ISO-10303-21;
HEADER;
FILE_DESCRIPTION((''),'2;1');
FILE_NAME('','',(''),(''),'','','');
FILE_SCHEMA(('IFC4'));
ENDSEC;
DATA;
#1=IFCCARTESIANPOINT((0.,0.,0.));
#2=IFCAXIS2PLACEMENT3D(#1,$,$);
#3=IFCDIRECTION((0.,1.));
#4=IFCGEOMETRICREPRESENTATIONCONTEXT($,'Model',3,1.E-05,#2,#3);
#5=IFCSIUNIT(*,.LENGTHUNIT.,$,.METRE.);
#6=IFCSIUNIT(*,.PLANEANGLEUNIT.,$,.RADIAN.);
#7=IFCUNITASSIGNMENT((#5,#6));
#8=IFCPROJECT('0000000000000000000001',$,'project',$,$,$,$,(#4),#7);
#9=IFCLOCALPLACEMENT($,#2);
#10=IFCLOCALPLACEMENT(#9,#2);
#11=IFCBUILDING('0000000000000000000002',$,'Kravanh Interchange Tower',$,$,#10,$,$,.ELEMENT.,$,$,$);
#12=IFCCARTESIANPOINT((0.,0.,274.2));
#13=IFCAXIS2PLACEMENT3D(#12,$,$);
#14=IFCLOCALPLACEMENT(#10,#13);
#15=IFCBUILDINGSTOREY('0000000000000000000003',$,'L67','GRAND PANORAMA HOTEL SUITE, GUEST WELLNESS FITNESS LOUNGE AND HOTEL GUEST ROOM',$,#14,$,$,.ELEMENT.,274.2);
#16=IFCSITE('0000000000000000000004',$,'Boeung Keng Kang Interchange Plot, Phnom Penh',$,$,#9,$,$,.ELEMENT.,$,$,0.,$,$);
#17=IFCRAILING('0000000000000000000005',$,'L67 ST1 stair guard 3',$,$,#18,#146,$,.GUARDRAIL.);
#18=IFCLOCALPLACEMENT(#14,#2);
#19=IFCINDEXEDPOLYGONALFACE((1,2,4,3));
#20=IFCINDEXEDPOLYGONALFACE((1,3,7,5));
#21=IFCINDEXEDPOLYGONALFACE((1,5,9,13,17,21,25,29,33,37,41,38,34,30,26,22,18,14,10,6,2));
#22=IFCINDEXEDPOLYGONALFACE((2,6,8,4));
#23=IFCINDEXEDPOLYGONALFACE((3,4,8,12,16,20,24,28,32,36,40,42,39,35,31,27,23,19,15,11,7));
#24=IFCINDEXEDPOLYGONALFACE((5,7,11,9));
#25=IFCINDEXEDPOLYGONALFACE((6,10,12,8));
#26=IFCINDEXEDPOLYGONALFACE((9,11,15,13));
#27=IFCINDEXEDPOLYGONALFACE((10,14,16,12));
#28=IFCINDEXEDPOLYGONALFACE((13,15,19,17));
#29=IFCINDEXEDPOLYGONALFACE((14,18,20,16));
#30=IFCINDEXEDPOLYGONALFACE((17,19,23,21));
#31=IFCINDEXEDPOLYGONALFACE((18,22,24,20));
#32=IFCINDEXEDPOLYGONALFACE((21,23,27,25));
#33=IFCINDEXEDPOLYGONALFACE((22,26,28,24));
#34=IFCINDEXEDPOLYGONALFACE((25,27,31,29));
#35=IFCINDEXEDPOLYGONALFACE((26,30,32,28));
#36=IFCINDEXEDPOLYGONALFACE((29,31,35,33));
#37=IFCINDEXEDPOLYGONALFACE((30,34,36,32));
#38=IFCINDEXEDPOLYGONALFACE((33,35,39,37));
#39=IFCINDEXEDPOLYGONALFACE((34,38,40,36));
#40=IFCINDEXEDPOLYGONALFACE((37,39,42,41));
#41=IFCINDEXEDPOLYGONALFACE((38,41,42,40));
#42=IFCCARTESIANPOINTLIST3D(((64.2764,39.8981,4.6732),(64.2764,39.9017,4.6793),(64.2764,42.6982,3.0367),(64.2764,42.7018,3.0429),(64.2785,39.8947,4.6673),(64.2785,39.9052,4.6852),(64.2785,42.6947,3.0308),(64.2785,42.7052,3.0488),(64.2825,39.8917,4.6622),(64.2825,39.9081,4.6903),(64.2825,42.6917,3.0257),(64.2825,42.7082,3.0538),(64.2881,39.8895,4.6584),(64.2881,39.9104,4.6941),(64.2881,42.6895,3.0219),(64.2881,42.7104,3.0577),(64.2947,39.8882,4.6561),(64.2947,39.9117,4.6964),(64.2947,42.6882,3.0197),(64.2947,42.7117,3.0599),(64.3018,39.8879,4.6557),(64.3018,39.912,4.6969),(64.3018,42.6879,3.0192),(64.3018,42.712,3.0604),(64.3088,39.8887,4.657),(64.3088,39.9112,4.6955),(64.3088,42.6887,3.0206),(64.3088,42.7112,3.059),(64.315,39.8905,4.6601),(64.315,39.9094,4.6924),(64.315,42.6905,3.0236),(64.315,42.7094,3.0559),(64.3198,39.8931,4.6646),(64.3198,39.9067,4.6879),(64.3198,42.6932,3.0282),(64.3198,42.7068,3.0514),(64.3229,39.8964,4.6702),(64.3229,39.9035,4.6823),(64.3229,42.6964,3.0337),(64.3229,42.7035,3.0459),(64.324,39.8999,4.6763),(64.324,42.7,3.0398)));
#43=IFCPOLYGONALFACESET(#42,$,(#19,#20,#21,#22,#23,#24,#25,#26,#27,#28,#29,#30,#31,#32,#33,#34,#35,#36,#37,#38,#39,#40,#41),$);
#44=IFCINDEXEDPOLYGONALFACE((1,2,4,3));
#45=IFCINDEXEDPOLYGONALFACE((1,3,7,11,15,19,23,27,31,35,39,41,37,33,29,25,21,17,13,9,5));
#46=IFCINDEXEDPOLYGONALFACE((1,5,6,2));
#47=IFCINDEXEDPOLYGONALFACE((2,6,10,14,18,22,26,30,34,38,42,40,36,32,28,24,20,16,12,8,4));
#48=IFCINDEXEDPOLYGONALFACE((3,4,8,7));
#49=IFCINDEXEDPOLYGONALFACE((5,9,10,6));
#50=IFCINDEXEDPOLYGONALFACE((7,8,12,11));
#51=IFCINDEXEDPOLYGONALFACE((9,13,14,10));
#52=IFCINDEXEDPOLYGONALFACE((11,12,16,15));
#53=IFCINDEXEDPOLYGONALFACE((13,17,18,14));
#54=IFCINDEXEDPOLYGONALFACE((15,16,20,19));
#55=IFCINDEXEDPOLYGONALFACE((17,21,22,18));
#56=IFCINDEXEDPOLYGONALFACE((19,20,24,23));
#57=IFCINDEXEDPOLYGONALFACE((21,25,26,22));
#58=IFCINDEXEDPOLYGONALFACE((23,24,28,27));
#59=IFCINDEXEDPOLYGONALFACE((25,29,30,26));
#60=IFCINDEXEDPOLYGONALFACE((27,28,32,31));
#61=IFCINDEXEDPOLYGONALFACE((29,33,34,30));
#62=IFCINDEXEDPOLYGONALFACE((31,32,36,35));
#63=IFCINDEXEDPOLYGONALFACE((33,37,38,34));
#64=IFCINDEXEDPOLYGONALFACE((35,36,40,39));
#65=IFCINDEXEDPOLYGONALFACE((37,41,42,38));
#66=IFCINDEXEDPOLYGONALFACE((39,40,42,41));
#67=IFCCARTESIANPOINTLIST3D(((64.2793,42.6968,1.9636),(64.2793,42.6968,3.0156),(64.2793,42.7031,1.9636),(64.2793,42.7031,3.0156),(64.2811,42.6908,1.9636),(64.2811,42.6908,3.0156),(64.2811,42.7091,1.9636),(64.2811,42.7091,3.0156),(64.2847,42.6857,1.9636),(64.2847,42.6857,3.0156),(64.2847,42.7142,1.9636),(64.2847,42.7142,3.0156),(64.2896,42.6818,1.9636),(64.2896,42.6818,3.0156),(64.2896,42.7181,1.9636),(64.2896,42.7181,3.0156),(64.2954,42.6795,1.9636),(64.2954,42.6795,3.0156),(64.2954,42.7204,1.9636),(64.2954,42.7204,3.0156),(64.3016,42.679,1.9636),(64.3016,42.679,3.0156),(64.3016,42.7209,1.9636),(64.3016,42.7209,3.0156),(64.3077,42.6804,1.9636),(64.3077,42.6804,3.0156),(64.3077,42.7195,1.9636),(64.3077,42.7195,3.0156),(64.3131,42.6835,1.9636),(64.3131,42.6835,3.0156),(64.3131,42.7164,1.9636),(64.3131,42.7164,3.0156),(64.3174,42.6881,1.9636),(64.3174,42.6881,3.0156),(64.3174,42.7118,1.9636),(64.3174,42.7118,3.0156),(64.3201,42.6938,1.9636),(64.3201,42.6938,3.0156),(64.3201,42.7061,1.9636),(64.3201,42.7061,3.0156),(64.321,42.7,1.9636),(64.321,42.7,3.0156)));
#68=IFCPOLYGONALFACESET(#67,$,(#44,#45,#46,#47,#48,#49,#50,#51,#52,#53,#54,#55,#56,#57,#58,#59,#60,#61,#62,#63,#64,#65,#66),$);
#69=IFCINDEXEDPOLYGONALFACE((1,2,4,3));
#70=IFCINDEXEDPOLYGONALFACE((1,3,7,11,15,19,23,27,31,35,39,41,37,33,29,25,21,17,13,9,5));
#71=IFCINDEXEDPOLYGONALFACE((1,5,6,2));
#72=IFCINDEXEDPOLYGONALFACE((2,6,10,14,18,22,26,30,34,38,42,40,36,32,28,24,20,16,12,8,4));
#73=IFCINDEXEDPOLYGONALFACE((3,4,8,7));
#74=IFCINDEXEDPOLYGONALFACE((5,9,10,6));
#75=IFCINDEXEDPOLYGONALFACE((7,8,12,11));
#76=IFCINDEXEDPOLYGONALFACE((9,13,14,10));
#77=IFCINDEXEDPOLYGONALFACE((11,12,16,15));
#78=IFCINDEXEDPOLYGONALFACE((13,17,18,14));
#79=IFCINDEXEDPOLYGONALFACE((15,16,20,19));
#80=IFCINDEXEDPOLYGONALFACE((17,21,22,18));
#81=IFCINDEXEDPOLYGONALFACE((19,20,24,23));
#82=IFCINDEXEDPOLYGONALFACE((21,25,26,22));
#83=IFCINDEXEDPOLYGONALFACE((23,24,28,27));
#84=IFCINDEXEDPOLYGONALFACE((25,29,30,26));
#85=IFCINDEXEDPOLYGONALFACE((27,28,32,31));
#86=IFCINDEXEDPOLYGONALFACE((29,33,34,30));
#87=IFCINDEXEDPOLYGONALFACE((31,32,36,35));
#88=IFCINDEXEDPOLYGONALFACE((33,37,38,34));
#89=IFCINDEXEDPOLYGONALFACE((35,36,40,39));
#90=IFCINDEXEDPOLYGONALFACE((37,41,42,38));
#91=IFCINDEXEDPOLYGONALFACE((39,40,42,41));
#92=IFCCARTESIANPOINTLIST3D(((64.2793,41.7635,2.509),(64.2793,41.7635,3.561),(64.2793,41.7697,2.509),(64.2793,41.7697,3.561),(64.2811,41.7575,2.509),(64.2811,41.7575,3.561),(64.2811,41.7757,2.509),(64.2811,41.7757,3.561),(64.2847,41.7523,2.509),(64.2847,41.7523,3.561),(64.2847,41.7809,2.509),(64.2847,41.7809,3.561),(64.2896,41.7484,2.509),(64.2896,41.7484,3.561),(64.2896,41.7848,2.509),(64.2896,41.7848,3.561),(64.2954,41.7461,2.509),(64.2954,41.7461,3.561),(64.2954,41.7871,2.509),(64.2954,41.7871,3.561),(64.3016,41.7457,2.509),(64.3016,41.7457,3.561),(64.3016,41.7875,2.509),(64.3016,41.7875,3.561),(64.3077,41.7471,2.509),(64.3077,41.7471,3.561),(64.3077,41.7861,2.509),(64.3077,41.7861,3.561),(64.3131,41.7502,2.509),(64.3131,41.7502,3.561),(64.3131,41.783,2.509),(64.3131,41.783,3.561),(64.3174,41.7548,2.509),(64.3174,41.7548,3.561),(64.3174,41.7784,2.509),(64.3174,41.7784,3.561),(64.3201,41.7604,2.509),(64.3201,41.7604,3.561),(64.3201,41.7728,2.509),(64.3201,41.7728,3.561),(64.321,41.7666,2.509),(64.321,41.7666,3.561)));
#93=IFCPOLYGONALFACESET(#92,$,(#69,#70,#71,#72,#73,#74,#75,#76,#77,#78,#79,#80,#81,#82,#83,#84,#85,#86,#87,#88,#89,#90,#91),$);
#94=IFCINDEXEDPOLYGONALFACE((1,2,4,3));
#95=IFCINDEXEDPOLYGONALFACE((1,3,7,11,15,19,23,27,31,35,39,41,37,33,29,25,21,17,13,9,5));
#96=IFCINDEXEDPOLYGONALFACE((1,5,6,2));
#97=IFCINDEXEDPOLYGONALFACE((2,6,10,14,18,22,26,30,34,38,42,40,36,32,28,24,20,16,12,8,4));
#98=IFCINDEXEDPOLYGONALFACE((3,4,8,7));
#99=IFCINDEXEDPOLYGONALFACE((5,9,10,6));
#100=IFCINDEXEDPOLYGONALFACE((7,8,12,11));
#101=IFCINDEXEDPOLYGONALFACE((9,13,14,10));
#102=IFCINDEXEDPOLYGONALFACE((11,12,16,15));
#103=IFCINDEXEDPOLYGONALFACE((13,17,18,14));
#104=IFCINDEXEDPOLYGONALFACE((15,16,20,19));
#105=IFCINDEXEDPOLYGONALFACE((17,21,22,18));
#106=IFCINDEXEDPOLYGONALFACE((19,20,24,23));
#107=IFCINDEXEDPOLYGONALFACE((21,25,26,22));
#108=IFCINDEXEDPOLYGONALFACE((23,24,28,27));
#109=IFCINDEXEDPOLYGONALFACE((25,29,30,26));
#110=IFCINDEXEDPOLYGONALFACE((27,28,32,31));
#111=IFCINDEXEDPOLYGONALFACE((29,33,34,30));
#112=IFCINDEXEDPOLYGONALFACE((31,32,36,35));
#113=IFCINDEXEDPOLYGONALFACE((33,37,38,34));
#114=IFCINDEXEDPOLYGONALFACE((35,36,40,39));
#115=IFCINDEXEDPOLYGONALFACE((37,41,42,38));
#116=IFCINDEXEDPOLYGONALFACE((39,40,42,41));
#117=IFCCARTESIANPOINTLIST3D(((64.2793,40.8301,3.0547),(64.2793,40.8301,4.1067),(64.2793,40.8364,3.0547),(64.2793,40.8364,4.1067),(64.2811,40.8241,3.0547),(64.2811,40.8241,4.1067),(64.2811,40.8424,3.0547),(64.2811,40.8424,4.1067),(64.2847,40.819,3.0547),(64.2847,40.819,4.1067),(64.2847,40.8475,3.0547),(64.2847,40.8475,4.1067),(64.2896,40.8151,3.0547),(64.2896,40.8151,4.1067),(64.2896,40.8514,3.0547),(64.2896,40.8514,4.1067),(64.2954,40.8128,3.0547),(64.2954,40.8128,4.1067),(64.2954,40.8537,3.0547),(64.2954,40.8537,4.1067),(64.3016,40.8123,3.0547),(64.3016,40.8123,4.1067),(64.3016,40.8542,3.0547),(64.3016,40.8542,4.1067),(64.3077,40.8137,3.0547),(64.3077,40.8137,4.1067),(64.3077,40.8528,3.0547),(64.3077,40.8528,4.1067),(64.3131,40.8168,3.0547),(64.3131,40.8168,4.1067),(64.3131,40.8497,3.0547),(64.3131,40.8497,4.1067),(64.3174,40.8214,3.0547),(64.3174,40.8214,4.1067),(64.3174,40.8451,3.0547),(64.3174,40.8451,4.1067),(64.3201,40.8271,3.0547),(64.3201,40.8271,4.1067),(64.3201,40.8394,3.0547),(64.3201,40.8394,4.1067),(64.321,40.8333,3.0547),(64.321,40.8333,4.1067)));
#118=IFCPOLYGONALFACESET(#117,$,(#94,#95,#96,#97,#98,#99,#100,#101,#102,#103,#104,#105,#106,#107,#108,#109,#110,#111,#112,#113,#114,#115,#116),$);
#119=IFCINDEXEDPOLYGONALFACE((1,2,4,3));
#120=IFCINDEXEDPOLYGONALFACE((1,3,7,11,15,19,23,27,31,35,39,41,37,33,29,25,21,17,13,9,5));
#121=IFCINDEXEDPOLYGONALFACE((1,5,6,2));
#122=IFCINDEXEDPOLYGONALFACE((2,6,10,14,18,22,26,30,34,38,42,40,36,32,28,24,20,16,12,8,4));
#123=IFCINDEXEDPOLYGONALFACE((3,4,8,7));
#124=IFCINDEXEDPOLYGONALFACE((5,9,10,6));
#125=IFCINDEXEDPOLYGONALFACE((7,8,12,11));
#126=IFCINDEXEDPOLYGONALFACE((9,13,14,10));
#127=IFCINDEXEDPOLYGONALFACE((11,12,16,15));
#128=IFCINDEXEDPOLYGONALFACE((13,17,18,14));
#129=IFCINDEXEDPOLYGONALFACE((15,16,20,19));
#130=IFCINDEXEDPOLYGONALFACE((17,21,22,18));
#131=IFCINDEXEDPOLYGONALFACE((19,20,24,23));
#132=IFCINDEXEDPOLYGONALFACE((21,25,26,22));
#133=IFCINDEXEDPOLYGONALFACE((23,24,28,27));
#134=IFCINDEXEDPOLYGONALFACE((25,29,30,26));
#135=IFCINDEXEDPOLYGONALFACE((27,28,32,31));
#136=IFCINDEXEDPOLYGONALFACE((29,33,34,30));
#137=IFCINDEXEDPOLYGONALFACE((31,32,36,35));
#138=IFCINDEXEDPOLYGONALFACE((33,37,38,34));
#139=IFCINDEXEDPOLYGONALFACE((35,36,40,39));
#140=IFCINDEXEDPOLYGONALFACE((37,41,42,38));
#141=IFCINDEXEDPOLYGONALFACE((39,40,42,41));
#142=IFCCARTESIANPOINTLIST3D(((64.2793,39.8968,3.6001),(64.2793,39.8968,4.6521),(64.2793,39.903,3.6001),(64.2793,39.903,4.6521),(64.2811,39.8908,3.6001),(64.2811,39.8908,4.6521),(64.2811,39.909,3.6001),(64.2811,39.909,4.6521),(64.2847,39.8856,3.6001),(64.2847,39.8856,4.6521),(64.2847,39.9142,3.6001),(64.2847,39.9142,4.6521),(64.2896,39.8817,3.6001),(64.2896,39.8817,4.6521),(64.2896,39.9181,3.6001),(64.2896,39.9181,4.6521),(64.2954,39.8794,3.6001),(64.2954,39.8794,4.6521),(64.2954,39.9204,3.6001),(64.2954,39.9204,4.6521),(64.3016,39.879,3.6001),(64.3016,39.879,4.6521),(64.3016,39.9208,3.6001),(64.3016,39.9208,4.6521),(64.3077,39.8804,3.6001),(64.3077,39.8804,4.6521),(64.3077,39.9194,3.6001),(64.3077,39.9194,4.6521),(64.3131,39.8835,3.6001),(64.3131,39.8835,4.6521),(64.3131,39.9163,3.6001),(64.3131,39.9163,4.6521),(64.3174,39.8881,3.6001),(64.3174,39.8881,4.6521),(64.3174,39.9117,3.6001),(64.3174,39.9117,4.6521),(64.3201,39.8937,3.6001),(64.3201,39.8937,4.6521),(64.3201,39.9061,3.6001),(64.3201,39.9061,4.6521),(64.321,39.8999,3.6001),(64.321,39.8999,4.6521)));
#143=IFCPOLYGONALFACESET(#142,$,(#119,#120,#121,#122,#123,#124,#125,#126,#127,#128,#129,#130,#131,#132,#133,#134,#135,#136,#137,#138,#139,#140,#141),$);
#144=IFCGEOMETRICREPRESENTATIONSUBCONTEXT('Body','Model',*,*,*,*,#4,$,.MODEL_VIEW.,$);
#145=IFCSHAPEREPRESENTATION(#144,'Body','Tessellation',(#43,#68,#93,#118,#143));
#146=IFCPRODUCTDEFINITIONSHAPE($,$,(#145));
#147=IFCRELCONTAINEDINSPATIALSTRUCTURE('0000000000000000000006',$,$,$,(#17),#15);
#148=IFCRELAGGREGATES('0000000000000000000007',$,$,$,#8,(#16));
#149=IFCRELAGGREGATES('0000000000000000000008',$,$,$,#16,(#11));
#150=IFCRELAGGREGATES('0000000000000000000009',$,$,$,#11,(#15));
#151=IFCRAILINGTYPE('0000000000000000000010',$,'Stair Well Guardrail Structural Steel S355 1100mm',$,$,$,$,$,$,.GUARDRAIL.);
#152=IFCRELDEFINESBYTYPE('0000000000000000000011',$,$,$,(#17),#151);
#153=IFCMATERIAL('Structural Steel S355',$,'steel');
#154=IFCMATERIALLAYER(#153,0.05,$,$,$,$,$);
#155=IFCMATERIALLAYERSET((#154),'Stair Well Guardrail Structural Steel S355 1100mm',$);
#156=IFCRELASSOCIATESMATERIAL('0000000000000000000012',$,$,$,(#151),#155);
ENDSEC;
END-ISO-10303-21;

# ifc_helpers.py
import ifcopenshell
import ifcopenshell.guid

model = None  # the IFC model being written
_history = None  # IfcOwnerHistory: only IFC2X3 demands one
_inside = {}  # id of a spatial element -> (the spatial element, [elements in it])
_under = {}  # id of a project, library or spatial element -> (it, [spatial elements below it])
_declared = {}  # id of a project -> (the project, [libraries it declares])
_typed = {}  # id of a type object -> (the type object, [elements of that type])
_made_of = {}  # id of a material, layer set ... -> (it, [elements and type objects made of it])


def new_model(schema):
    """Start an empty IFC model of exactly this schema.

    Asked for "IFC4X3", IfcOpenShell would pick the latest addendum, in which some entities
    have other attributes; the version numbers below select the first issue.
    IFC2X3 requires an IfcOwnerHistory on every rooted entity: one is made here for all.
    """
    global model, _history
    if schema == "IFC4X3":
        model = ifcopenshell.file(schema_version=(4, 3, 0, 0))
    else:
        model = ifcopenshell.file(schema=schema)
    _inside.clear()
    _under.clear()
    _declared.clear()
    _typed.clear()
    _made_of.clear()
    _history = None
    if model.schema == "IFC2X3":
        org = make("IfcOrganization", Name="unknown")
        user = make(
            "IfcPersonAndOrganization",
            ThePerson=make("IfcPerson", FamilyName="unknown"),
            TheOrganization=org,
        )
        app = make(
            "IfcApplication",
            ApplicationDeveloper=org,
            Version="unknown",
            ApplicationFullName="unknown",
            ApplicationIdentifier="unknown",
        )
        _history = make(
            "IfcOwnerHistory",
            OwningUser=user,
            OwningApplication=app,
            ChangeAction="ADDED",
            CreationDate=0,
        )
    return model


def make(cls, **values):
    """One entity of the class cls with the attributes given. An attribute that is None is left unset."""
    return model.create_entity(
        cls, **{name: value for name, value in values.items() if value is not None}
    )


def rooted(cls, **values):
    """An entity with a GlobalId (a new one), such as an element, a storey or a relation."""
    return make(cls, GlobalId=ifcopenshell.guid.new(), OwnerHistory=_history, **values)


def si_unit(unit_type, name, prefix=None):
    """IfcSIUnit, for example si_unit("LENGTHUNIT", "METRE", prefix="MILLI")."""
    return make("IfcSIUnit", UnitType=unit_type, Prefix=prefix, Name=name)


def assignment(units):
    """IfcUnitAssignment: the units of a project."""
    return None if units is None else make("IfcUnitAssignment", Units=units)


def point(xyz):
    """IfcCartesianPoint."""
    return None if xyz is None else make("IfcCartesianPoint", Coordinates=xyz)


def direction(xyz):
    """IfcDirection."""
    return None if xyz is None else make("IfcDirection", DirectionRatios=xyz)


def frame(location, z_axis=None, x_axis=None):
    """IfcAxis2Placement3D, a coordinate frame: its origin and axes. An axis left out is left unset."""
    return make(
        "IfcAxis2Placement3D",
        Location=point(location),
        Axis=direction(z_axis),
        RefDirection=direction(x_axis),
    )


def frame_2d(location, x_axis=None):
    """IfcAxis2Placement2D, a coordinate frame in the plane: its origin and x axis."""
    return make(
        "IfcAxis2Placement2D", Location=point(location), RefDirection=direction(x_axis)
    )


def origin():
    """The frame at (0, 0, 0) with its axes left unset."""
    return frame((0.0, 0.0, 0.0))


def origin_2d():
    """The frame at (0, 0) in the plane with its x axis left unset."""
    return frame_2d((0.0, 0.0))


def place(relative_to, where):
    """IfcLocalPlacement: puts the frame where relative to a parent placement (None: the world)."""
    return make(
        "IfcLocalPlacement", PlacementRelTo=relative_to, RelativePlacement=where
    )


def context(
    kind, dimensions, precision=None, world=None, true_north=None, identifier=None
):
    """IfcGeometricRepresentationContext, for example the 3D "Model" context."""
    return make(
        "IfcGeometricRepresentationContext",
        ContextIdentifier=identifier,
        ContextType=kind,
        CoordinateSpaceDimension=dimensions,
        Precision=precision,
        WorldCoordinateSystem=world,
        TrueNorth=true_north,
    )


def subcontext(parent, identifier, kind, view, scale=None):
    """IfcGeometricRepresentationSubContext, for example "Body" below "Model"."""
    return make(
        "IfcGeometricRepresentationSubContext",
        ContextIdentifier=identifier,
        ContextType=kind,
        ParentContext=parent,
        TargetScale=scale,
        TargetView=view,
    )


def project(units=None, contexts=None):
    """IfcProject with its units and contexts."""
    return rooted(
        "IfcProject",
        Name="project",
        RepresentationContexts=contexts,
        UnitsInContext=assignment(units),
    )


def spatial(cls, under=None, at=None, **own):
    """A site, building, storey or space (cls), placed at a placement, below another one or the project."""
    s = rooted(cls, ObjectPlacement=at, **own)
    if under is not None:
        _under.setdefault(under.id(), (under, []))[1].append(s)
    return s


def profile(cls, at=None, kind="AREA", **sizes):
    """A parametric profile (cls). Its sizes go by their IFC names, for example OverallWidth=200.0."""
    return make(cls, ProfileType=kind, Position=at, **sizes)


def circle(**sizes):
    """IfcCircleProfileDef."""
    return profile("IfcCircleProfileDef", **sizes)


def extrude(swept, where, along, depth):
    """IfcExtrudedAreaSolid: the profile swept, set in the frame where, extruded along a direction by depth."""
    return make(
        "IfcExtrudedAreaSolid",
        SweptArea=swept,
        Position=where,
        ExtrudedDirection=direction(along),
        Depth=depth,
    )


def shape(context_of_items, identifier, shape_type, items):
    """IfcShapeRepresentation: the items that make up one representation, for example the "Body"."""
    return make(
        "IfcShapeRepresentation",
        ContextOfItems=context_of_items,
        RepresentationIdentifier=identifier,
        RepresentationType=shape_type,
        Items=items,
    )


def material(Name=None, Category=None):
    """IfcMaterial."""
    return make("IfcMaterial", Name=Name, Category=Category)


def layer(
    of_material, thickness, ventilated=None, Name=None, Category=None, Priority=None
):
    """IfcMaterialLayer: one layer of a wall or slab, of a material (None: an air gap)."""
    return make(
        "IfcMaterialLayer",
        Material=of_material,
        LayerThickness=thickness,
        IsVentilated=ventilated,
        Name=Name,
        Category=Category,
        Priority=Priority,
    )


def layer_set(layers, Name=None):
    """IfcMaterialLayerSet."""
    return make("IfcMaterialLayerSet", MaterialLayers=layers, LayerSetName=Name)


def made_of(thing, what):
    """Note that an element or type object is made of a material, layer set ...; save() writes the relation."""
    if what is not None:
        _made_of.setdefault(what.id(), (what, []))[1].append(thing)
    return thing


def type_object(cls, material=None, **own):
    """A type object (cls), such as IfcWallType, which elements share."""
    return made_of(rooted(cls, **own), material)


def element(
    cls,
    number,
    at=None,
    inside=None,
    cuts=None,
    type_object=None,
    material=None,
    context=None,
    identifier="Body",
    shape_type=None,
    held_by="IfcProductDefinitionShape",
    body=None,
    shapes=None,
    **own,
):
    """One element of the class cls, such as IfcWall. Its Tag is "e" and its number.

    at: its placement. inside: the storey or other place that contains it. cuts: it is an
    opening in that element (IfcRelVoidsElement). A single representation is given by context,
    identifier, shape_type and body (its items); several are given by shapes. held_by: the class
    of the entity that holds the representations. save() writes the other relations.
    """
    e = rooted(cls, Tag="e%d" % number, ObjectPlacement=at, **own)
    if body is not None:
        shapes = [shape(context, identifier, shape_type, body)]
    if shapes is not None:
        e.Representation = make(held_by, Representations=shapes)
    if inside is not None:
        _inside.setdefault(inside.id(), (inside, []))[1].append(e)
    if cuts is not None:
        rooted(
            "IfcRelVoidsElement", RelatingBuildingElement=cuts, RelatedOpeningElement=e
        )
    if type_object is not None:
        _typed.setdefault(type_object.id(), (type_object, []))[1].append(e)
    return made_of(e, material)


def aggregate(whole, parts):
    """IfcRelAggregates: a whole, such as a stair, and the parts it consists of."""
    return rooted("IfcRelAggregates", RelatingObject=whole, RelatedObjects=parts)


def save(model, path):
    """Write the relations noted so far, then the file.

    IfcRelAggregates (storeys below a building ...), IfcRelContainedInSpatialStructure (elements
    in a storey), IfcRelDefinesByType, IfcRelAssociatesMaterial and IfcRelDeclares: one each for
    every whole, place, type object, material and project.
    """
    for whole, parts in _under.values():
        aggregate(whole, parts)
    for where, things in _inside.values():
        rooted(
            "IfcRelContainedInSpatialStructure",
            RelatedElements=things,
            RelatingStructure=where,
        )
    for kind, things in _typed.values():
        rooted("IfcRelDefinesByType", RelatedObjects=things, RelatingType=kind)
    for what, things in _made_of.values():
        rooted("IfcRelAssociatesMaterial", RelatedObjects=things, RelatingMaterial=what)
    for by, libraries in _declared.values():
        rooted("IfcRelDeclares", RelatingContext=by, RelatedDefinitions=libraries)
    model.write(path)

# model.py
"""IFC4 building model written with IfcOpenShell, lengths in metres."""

from ifc_helpers import new_model, si_unit, direction, frame, origin, origin_2d, place, context, subcontext, project, spatial, circle, extrude, material, layer, layer_set, type_object, element, save


model = new_model("IFC4")

# Units and contexts
model_context = context("Model", 3, precision=1e-05, world=origin(), true_north=direction((0.0, 1.0)))
body_context = subcontext(model_context, "Body", "Model", "MODEL_VIEW")
ifc_project = project(units=[si_unit("LENGTHUNIT", "METRE"), si_unit("PLANEANGLEUNIT", "RADIAN")], contexts=[model_context])

# Site, building, storey
site_placement = place(None, origin())
site = spatial("IfcSite", under=ifc_project, at=site_placement, Name="Boeung Keng Kang Interchange Plot, Phnom Penh", CompositionType="ELEMENT", RefElevation=0.0)
building_placement = place(site_placement, origin())
building = spatial("IfcBuilding", under=site, at=building_placement, Name="Kravanh Interchange Tower", CompositionType="ELEMENT")
storey_placement = place(building_placement, frame((0.0, 0.0, 274.2)))
storey = spatial("IfcBuildingStorey", under=building, at=storey_placement, Name="L67", Description="GRAND PANORAMA HOTEL SUITE, GUEST WELLNESS FITNESS LOUNGE AND HOTEL GUEST ROOM", CompositionType="ELEMENT", Elevation=274.2)

# Railing
ifc_material_1 = material(Name="Structural Steel S355", Category="steel")
ifc_layer_1 = layer(ifc_material_1, 0.05)
ifc_layer_set_1 = layer_set([ifc_layer_1], Name="Stair Well Guardrail Structural Steel S355 1100mm")
railing_type_1 = type_object("IfcRailingType", Name="Stair Well Guardrail Structural Steel S355 1100mm", PredefinedType="GUARDRAIL", material=ifc_layer_set_1)
railing_1_placement = place(storey_placement, frame((64.3, 42.7, 1.9636)))
element("IfcRailing", 1, at=railing_1_placement, inside=storey, type_object=railing_type_1, Name="L67 ST1 stair guard 3", PredefinedType="GUARDRAIL", context=body_context, shape_type="SweptSolid", body=[
    extrude(circle(Radius=0.0239, at=origin_2d()), frame((0.0, 0.0, 1.0762), z_axis=(0.0, -0.863361, 0.504587), x_axis=(1.0, 0.0, 0.0)), (0.0, 0.0, 1.0), 3.2432),
    extrude(circle(Radius=0.021, at=origin_2d()), origin(), (0.0, 0.0, 1.0), 1.052),
    extrude(circle(Radius=0.021, at=origin_2d()), frame((0.0, -0.9333, 0.5454)), (0.0, 0.0, 1.0), 1.052),
    extrude(circle(Radius=0.021, at=origin_2d()), frame((0.0, -1.8667, 1.0911)), (0.0, 0.0, 1.0), 1.052),
    extrude(circle(Radius=0.021, at=origin_2d()), frame((0.0, -2.8, 1.6365)), (0.0, 0.0, 1.0), 1.052),
])

save(model, "model.ifc")
